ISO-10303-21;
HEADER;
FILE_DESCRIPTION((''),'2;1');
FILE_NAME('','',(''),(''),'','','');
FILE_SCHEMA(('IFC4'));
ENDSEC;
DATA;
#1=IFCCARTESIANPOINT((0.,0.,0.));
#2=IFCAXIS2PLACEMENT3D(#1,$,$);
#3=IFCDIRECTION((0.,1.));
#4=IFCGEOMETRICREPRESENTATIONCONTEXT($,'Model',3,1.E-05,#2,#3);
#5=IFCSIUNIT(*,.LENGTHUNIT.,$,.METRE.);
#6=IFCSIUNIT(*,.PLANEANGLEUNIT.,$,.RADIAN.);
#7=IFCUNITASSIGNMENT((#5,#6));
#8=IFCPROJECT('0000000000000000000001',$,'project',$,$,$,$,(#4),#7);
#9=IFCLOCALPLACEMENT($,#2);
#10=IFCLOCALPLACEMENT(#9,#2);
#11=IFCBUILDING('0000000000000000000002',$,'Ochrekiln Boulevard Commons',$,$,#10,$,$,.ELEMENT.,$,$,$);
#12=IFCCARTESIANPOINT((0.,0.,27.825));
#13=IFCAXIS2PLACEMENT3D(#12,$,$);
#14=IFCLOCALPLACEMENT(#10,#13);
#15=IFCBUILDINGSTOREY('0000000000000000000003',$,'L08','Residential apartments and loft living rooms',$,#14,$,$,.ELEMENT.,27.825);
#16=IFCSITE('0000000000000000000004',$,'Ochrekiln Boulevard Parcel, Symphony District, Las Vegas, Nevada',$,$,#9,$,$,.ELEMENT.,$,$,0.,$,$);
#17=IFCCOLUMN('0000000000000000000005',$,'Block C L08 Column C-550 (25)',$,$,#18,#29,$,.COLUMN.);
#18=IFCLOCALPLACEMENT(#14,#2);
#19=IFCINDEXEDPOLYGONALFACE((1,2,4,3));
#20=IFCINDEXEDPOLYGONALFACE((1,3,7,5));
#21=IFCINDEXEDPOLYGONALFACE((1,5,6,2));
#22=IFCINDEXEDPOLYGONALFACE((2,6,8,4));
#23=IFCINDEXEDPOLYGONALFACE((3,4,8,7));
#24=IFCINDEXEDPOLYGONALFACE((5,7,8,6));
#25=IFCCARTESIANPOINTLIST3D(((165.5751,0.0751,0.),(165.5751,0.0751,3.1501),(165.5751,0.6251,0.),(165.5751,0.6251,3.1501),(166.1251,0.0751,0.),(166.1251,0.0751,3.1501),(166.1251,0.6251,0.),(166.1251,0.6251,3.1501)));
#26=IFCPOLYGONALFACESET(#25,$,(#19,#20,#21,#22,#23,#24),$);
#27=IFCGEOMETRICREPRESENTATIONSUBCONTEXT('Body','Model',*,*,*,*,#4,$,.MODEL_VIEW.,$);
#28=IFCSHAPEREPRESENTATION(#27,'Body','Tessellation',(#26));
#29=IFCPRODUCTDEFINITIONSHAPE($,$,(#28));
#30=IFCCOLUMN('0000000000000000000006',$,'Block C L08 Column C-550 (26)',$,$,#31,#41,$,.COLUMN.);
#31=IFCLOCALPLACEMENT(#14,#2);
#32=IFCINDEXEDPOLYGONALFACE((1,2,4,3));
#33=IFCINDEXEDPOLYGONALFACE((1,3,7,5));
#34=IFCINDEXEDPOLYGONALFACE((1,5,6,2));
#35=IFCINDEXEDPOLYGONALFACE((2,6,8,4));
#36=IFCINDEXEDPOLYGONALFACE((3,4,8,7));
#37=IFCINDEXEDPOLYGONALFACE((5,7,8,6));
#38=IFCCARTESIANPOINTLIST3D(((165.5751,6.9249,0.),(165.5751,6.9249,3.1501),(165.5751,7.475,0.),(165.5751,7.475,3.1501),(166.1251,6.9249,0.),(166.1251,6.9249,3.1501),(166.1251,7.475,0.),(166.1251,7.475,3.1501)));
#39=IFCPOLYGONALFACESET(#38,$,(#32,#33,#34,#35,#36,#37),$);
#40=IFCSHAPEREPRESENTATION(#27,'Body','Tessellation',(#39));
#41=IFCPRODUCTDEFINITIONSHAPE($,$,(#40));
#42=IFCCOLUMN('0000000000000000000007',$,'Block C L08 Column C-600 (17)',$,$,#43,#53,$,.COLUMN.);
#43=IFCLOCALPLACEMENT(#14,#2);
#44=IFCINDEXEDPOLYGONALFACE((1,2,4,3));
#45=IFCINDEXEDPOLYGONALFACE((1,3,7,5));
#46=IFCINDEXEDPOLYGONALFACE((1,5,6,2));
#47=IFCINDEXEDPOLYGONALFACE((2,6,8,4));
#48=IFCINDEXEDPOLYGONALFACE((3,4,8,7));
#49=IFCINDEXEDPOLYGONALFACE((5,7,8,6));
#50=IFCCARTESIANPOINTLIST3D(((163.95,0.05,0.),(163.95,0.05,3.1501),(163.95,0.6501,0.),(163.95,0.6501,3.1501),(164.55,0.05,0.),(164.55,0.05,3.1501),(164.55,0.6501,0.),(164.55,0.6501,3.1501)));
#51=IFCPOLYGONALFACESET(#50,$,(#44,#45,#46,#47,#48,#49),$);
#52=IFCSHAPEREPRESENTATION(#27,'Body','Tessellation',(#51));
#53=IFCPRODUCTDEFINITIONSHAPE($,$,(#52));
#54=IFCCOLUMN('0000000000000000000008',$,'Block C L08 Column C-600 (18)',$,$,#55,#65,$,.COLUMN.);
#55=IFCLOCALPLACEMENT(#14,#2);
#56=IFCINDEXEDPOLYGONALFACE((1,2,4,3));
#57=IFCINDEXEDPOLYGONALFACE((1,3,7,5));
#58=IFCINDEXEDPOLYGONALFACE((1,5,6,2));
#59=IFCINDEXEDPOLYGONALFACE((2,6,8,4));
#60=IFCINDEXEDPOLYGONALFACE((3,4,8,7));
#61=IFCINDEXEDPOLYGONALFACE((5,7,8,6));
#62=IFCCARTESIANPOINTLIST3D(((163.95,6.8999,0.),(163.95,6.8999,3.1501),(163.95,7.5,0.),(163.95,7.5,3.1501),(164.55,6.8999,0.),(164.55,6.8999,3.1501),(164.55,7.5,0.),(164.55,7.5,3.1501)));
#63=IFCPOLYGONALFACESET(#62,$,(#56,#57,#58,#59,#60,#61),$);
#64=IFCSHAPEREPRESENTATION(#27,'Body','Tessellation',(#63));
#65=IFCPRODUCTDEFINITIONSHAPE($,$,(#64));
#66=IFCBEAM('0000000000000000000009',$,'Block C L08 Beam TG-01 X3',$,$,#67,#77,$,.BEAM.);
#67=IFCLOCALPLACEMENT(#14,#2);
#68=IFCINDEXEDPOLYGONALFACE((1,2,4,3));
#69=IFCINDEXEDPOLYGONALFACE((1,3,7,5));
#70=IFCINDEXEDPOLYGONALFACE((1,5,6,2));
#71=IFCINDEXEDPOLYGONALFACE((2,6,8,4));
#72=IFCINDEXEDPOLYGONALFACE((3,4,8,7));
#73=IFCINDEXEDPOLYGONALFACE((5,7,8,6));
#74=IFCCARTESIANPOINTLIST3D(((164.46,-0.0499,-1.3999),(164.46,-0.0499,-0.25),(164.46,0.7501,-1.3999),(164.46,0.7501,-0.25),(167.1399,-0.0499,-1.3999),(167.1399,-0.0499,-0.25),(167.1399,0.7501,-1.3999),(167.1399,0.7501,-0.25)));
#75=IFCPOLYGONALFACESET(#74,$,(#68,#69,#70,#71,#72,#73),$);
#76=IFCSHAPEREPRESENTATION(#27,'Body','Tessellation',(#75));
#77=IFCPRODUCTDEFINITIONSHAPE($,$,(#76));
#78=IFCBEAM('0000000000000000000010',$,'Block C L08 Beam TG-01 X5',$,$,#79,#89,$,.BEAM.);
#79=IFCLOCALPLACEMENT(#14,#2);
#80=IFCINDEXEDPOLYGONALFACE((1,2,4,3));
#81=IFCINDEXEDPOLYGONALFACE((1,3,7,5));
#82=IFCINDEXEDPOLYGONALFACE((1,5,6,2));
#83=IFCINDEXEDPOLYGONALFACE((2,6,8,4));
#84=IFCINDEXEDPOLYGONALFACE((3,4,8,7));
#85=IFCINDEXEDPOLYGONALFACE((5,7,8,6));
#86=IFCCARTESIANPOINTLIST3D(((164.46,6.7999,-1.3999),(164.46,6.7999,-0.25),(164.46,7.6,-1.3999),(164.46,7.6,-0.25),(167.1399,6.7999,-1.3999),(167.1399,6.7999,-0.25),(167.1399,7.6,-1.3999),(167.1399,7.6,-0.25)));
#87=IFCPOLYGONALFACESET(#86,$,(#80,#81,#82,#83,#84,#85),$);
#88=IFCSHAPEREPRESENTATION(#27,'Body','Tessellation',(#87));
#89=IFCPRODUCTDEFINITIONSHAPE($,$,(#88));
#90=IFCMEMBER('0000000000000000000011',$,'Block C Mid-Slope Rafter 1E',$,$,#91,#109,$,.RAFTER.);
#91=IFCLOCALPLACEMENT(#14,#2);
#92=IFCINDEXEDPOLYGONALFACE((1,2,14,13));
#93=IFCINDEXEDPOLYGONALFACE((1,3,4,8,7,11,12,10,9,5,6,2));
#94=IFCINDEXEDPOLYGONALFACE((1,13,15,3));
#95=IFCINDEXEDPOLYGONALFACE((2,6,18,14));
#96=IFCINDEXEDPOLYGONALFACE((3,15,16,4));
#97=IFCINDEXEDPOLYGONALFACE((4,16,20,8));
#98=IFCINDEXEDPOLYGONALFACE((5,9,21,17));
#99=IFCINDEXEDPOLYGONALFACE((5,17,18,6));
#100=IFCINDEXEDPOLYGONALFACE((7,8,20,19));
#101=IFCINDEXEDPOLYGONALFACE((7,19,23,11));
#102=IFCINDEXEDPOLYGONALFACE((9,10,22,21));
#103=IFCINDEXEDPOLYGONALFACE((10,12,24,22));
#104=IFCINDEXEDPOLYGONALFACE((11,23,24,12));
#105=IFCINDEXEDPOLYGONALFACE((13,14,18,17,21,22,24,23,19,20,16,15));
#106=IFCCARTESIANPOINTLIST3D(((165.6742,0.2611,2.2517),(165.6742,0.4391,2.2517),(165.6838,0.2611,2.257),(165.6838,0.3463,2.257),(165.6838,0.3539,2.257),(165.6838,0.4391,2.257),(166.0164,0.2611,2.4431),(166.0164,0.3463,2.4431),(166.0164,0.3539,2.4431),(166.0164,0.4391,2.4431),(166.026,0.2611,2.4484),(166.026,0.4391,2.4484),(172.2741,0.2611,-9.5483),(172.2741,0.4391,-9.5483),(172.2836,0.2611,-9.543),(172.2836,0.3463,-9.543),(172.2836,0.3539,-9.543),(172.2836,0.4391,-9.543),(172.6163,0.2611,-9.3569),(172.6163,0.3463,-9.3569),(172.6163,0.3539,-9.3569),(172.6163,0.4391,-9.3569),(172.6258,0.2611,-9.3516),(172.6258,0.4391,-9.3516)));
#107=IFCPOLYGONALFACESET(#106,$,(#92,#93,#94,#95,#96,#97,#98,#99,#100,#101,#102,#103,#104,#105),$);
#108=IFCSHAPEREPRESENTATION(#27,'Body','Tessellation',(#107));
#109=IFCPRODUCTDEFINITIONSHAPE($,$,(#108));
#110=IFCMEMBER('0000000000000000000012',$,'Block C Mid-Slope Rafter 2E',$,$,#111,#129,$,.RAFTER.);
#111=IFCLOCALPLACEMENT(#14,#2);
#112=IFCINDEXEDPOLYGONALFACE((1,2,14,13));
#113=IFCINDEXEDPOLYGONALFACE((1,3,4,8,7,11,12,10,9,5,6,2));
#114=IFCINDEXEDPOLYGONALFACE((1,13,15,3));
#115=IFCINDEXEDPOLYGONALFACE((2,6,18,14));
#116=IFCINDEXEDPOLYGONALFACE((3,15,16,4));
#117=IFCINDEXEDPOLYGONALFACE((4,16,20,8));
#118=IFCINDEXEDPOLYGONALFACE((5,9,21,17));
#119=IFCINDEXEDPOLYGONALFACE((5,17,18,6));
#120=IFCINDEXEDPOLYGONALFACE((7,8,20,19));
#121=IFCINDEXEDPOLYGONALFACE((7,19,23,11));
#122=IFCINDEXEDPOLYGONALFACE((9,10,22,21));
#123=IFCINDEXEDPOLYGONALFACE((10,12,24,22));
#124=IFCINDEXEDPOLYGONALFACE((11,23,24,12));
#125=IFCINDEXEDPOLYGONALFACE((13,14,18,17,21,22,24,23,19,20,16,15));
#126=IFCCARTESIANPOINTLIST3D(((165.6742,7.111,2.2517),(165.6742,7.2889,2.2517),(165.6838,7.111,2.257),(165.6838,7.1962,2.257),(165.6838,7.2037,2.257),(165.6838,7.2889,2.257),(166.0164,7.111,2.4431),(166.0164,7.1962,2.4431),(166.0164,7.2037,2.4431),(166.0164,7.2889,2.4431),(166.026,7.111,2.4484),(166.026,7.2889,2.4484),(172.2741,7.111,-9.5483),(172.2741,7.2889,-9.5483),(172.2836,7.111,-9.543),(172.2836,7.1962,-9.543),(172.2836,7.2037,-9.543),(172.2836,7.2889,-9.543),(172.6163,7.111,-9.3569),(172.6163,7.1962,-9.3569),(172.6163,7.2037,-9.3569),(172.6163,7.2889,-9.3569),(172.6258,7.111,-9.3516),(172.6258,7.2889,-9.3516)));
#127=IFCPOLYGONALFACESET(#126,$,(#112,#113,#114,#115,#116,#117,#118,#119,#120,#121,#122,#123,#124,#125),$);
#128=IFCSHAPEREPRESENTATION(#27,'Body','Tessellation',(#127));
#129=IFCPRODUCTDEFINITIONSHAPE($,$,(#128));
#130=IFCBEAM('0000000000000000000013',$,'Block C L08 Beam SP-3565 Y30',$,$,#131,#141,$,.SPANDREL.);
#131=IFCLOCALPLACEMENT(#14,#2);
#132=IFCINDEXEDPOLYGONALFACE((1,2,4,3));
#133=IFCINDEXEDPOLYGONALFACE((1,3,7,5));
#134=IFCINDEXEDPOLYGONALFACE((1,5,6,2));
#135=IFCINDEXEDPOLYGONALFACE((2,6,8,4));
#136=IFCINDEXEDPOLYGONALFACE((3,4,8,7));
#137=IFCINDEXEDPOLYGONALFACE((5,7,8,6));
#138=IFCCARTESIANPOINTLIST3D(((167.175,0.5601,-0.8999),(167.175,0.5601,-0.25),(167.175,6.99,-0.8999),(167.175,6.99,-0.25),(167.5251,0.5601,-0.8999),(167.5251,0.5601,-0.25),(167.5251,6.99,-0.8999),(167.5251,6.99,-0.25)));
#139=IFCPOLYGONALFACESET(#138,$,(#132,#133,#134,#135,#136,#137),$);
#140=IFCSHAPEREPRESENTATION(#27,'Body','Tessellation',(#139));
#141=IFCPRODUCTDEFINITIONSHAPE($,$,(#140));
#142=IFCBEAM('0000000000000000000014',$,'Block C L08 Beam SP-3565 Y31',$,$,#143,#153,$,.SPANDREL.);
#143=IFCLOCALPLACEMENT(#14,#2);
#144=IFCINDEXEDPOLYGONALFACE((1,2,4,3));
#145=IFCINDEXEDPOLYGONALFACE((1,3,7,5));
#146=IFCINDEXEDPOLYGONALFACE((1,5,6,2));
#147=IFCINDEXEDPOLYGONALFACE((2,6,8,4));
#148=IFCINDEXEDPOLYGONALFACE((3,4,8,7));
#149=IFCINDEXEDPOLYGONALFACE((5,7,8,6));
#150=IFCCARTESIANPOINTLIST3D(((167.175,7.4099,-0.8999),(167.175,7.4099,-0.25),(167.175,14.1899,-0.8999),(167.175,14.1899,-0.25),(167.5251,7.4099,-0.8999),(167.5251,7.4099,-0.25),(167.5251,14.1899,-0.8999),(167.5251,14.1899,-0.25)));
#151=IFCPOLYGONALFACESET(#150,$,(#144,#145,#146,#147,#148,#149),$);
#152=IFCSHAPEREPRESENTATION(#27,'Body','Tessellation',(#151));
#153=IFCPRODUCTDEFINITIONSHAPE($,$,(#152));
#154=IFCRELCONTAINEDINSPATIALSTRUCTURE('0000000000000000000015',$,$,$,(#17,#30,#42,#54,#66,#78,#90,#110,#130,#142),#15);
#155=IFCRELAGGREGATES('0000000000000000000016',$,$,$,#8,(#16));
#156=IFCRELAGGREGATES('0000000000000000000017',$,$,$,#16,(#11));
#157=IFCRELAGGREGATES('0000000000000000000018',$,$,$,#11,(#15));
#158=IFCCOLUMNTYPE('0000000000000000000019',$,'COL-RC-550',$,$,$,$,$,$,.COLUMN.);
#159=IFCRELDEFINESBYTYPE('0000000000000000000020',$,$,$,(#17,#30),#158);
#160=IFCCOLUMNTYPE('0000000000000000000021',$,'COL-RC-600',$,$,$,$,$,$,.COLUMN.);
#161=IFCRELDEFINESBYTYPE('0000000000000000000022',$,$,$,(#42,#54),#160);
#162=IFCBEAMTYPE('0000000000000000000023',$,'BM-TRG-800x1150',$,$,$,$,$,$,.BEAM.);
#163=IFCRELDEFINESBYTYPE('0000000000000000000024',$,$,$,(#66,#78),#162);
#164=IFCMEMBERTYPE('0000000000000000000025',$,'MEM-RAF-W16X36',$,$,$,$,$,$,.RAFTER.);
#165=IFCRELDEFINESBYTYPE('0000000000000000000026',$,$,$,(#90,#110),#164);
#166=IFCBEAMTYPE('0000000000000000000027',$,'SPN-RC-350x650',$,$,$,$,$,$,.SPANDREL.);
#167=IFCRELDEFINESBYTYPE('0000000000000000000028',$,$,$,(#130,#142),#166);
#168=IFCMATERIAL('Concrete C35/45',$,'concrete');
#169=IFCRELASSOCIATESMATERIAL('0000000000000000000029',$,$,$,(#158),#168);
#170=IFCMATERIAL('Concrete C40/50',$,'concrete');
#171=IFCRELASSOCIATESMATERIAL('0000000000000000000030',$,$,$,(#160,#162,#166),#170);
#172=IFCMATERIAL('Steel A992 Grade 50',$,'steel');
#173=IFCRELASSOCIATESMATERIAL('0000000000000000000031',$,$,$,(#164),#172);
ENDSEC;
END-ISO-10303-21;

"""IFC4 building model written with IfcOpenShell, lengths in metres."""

from ifc_helpers import new_model, si_unit, direction, frame, origin, origin_2d, place, context, subcontext, project, spatial, rectangle, i_section, extrude, material, material_profile, profile_set, type_object, element, save


model = new_model("IFC4")

# Units and contexts
model_context = context("Model", 3, precision=1e-05, world=origin(), true_north=direction((0.0, 1.0)))
body_context = subcontext(model_context, "Body", "Model", "MODEL_VIEW")
ifc_project = project(units=[si_unit("LENGTHUNIT", "METRE"), si_unit("PLANEANGLEUNIT", "RADIAN")], contexts=[model_context])

# Site, building, storey
site_placement = place(None, origin())
site = spatial("IfcSite", under=ifc_project, at=site_placement, Name="Ochrekiln Boulevard Parcel, Symphony District, Las Vegas, Nevada", CompositionType="ELEMENT", RefElevation=0.0)
building_placement = place(site_placement, origin())
building = spatial("IfcBuilding", under=site, at=building_placement, Name="Ochrekiln Boulevard Commons", CompositionType="ELEMENT")
storey_placement = place(building_placement, frame((0.0, 0.0, 27.825)))
storey = spatial("IfcBuildingStorey", under=building, at=storey_placement, Name="L08", Description="Residential apartments and loft living rooms", CompositionType="ELEMENT", Elevation=27.825)

# Columns
ifc_material_1 = material(Name="Concrete C35/45", Category="concrete")
ifc_material_profile_1 = material_profile(ifc_material_1, rectangle(XDim=0.55, YDim=0.55, at=origin_2d()), Name="RC-COL-550x550")
ifc_profile_set_1 = profile_set([ifc_material_profile_1], Name="Concrete C35/45")
column_type_1 = type_object("IfcColumnType", Name="COL-RC-550", PredefinedType="COLUMN", material=ifc_profile_set_1)
for number, where, z_axis, x_axis, name in (
    (1, (165.8501, 0.3501, 0.0), (0.0, 0.0, 1.0), (1.0, 0.0, 0.0), "Block C L08 Column C-550 (25)"),
    (2, (165.8501, 7.2, 0.0), (0.0, 0.0, 1.0), (1.0, 0.0, 0.0), "Block C L08 Column C-550 (26)"),
):
    element("IfcColumn", number, at=place(storey_placement, frame(where, z_axis=z_axis, x_axis=x_axis)), inside=storey, type_object=column_type_1, Name=name, PredefinedType="COLUMN", context=body_context, shape_type="SweptSolid", body=[
        extrude(rectangle(XDim=0.55, YDim=0.55, at=origin_2d()), origin(), (0.0, 0.0, 1.0), 3.1501),
    ])
ifc_material_2 = material(Name="Concrete C40/50", Category="concrete")
ifc_material_profile_2 = material_profile(ifc_material_2, rectangle(XDim=0.6001, YDim=0.6001, at=origin_2d()), Name="RC-COL-600x600")
ifc_profile_set_2 = profile_set([ifc_material_profile_2], Name="Concrete C40/50")
column_type_2 = type_object("IfcColumnType", Name="COL-RC-600", PredefinedType="COLUMN", material=ifc_profile_set_2)
for number, where, z_axis, x_axis, name in (
    (3, (164.25, 0.3501, 0.0), (0.0, 0.0, 1.0), (1.0, 0.0, 0.0), "Block C L08 Column C-600 (17)"),
    (4, (164.25, 7.2, 0.0), (0.0, 0.0, 1.0), (1.0, 0.0, 0.0), "Block C L08 Column C-600 (18)"),
):
    element("IfcColumn", number, at=place(storey_placement, frame(where, z_axis=z_axis, x_axis=x_axis)), inside=storey, type_object=column_type_2, Name=name, PredefinedType="COLUMN", context=body_context, shape_type="SweptSolid", body=[
        extrude(rectangle(XDim=0.6001, YDim=0.6001, at=origin_2d()), origin(), (0.0, 0.0, 1.0), 3.1501),
    ])

# Beams
ifc_material_profile_3 = material_profile(ifc_material_2, rectangle(XDim=0.8, YDim=1.1499, at=origin_2d()), Name="RC-TRG-800x1150")
ifc_profile_set_3 = profile_set([ifc_material_profile_3], Name="Concrete C40/50")
beam_type_1 = type_object("IfcBeamType", Name="BM-TRG-800x1150", PredefinedType="BEAM", material=ifc_profile_set_3)
for number, where, z_axis, x_axis, name in (
    (5, (164.46, 0.3501, -0.825), (1.0, 0.0, 0.0), (0.0, 1.0, 0.0), "Block C L08 Beam TG-01 X3"),
    (6, (164.46, 7.2, -0.825), (1.0, 0.0, 0.0), (0.0, 1.0, 0.0), "Block C L08 Beam TG-01 X5"),
):
    element("IfcBeam", number, at=place(storey_placement, frame(where, z_axis=z_axis, x_axis=x_axis)), inside=storey, type_object=beam_type_1, Name=name, PredefinedType="BEAM", context=body_context, shape_type="SweptSolid", body=[
        extrude(rectangle(XDim=0.8, YDim=1.1499, at=origin_2d()), origin(), (0.0, 0.0, 1.0), 2.6799),
    ])

# Members
ifc_material_3 = material(Name="Steel A992 Grade 50", Category="steel")
ifc_material_profile_4 = material_profile(ifc_material_3, i_section(OverallWidth=0.178, OverallDepth=0.4031, WebThickness=0.0076, FlangeThickness=0.011, at=origin_2d()), Name="W16X36")
ifc_profile_set_4 = profile_set([ifc_material_profile_4], Name="Steel A992 Grade 50")
member_type = type_object("IfcMemberType", Name="MEM-RAF-W16X36", PredefinedType="RAFTER", material=ifc_profile_set_4)
for number, where, z_axis, x_axis, name in (
    (7, (172.45, 0.3501, -9.45), (-0.488143, 0.0, 0.872764), (0.0, -1.0, 0.0), "Block C Mid-Slope Rafter 1E"),
    (8, (172.45, 7.2, -9.45), (-0.488143, 0.0, 0.872764), (0.0, -1.0, 0.0), "Block C Mid-Slope Rafter 2E"),
):
    element("IfcMember", number, at=place(storey_placement, frame(where, z_axis=z_axis, x_axis=x_axis)), inside=storey, type_object=member_type, Name=name, PredefinedType="RAFTER", context=body_context, shape_type="SweptSolid", body=[
        extrude(i_section(OverallWidth=0.178, OverallDepth=0.4031, WebThickness=0.0076, FlangeThickness=0.011, at=origin_2d()), origin(), (0.0, 0.0, 1.0), 13.5203),
    ])

# Beams
ifc_material_profile_5 = material_profile(ifc_material_2, rectangle(XDim=0.3501, YDim=0.6499, at=origin_2d()), Name="RC-SPN-350x650")
ifc_profile_set_5 = profile_set([ifc_material_profile_5], Name="Concrete C40/50")
beam_type_2 = type_object("IfcBeamType", Name="SPN-RC-350x650", PredefinedType="SPANDREL", material=ifc_profile_set_5)
beam_1_placement = place(storey_placement, frame((167.3501, 0.5601, -0.575), z_axis=(0.0, 1.0, 0.0), x_axis=(-1.0, 0.0, 0.0)))
element("IfcBeam", 9, at=beam_1_placement, inside=storey, type_object=beam_type_2, Name="Block C L08 Beam SP-3565 Y30", PredefinedType="SPANDREL", context=body_context, shape_type="SweptSolid", body=[
    extrude(rectangle(XDim=0.3501, YDim=0.6499, at=origin_2d()), origin(), (0.0, 0.0, 1.0), 6.4299),
])
beam_2_placement = place(storey_placement, frame((167.3501, 7.4099, -0.575), z_axis=(0.0, 1.0, 0.0), x_axis=(-1.0, 0.0, 0.0)))
element("IfcBeam", 10, at=beam_2_placement, inside=storey, type_object=beam_type_2, Name="Block C L08 Beam SP-3565 Y31", PredefinedType="SPANDREL", context=body_context, shape_type="SweptSolid", body=[
    extrude(rectangle(XDim=0.3501, YDim=0.6499, at=origin_2d()), origin(), (0.0, 0.0, 1.0), 6.78),
])

save(model, "model.ifc")
